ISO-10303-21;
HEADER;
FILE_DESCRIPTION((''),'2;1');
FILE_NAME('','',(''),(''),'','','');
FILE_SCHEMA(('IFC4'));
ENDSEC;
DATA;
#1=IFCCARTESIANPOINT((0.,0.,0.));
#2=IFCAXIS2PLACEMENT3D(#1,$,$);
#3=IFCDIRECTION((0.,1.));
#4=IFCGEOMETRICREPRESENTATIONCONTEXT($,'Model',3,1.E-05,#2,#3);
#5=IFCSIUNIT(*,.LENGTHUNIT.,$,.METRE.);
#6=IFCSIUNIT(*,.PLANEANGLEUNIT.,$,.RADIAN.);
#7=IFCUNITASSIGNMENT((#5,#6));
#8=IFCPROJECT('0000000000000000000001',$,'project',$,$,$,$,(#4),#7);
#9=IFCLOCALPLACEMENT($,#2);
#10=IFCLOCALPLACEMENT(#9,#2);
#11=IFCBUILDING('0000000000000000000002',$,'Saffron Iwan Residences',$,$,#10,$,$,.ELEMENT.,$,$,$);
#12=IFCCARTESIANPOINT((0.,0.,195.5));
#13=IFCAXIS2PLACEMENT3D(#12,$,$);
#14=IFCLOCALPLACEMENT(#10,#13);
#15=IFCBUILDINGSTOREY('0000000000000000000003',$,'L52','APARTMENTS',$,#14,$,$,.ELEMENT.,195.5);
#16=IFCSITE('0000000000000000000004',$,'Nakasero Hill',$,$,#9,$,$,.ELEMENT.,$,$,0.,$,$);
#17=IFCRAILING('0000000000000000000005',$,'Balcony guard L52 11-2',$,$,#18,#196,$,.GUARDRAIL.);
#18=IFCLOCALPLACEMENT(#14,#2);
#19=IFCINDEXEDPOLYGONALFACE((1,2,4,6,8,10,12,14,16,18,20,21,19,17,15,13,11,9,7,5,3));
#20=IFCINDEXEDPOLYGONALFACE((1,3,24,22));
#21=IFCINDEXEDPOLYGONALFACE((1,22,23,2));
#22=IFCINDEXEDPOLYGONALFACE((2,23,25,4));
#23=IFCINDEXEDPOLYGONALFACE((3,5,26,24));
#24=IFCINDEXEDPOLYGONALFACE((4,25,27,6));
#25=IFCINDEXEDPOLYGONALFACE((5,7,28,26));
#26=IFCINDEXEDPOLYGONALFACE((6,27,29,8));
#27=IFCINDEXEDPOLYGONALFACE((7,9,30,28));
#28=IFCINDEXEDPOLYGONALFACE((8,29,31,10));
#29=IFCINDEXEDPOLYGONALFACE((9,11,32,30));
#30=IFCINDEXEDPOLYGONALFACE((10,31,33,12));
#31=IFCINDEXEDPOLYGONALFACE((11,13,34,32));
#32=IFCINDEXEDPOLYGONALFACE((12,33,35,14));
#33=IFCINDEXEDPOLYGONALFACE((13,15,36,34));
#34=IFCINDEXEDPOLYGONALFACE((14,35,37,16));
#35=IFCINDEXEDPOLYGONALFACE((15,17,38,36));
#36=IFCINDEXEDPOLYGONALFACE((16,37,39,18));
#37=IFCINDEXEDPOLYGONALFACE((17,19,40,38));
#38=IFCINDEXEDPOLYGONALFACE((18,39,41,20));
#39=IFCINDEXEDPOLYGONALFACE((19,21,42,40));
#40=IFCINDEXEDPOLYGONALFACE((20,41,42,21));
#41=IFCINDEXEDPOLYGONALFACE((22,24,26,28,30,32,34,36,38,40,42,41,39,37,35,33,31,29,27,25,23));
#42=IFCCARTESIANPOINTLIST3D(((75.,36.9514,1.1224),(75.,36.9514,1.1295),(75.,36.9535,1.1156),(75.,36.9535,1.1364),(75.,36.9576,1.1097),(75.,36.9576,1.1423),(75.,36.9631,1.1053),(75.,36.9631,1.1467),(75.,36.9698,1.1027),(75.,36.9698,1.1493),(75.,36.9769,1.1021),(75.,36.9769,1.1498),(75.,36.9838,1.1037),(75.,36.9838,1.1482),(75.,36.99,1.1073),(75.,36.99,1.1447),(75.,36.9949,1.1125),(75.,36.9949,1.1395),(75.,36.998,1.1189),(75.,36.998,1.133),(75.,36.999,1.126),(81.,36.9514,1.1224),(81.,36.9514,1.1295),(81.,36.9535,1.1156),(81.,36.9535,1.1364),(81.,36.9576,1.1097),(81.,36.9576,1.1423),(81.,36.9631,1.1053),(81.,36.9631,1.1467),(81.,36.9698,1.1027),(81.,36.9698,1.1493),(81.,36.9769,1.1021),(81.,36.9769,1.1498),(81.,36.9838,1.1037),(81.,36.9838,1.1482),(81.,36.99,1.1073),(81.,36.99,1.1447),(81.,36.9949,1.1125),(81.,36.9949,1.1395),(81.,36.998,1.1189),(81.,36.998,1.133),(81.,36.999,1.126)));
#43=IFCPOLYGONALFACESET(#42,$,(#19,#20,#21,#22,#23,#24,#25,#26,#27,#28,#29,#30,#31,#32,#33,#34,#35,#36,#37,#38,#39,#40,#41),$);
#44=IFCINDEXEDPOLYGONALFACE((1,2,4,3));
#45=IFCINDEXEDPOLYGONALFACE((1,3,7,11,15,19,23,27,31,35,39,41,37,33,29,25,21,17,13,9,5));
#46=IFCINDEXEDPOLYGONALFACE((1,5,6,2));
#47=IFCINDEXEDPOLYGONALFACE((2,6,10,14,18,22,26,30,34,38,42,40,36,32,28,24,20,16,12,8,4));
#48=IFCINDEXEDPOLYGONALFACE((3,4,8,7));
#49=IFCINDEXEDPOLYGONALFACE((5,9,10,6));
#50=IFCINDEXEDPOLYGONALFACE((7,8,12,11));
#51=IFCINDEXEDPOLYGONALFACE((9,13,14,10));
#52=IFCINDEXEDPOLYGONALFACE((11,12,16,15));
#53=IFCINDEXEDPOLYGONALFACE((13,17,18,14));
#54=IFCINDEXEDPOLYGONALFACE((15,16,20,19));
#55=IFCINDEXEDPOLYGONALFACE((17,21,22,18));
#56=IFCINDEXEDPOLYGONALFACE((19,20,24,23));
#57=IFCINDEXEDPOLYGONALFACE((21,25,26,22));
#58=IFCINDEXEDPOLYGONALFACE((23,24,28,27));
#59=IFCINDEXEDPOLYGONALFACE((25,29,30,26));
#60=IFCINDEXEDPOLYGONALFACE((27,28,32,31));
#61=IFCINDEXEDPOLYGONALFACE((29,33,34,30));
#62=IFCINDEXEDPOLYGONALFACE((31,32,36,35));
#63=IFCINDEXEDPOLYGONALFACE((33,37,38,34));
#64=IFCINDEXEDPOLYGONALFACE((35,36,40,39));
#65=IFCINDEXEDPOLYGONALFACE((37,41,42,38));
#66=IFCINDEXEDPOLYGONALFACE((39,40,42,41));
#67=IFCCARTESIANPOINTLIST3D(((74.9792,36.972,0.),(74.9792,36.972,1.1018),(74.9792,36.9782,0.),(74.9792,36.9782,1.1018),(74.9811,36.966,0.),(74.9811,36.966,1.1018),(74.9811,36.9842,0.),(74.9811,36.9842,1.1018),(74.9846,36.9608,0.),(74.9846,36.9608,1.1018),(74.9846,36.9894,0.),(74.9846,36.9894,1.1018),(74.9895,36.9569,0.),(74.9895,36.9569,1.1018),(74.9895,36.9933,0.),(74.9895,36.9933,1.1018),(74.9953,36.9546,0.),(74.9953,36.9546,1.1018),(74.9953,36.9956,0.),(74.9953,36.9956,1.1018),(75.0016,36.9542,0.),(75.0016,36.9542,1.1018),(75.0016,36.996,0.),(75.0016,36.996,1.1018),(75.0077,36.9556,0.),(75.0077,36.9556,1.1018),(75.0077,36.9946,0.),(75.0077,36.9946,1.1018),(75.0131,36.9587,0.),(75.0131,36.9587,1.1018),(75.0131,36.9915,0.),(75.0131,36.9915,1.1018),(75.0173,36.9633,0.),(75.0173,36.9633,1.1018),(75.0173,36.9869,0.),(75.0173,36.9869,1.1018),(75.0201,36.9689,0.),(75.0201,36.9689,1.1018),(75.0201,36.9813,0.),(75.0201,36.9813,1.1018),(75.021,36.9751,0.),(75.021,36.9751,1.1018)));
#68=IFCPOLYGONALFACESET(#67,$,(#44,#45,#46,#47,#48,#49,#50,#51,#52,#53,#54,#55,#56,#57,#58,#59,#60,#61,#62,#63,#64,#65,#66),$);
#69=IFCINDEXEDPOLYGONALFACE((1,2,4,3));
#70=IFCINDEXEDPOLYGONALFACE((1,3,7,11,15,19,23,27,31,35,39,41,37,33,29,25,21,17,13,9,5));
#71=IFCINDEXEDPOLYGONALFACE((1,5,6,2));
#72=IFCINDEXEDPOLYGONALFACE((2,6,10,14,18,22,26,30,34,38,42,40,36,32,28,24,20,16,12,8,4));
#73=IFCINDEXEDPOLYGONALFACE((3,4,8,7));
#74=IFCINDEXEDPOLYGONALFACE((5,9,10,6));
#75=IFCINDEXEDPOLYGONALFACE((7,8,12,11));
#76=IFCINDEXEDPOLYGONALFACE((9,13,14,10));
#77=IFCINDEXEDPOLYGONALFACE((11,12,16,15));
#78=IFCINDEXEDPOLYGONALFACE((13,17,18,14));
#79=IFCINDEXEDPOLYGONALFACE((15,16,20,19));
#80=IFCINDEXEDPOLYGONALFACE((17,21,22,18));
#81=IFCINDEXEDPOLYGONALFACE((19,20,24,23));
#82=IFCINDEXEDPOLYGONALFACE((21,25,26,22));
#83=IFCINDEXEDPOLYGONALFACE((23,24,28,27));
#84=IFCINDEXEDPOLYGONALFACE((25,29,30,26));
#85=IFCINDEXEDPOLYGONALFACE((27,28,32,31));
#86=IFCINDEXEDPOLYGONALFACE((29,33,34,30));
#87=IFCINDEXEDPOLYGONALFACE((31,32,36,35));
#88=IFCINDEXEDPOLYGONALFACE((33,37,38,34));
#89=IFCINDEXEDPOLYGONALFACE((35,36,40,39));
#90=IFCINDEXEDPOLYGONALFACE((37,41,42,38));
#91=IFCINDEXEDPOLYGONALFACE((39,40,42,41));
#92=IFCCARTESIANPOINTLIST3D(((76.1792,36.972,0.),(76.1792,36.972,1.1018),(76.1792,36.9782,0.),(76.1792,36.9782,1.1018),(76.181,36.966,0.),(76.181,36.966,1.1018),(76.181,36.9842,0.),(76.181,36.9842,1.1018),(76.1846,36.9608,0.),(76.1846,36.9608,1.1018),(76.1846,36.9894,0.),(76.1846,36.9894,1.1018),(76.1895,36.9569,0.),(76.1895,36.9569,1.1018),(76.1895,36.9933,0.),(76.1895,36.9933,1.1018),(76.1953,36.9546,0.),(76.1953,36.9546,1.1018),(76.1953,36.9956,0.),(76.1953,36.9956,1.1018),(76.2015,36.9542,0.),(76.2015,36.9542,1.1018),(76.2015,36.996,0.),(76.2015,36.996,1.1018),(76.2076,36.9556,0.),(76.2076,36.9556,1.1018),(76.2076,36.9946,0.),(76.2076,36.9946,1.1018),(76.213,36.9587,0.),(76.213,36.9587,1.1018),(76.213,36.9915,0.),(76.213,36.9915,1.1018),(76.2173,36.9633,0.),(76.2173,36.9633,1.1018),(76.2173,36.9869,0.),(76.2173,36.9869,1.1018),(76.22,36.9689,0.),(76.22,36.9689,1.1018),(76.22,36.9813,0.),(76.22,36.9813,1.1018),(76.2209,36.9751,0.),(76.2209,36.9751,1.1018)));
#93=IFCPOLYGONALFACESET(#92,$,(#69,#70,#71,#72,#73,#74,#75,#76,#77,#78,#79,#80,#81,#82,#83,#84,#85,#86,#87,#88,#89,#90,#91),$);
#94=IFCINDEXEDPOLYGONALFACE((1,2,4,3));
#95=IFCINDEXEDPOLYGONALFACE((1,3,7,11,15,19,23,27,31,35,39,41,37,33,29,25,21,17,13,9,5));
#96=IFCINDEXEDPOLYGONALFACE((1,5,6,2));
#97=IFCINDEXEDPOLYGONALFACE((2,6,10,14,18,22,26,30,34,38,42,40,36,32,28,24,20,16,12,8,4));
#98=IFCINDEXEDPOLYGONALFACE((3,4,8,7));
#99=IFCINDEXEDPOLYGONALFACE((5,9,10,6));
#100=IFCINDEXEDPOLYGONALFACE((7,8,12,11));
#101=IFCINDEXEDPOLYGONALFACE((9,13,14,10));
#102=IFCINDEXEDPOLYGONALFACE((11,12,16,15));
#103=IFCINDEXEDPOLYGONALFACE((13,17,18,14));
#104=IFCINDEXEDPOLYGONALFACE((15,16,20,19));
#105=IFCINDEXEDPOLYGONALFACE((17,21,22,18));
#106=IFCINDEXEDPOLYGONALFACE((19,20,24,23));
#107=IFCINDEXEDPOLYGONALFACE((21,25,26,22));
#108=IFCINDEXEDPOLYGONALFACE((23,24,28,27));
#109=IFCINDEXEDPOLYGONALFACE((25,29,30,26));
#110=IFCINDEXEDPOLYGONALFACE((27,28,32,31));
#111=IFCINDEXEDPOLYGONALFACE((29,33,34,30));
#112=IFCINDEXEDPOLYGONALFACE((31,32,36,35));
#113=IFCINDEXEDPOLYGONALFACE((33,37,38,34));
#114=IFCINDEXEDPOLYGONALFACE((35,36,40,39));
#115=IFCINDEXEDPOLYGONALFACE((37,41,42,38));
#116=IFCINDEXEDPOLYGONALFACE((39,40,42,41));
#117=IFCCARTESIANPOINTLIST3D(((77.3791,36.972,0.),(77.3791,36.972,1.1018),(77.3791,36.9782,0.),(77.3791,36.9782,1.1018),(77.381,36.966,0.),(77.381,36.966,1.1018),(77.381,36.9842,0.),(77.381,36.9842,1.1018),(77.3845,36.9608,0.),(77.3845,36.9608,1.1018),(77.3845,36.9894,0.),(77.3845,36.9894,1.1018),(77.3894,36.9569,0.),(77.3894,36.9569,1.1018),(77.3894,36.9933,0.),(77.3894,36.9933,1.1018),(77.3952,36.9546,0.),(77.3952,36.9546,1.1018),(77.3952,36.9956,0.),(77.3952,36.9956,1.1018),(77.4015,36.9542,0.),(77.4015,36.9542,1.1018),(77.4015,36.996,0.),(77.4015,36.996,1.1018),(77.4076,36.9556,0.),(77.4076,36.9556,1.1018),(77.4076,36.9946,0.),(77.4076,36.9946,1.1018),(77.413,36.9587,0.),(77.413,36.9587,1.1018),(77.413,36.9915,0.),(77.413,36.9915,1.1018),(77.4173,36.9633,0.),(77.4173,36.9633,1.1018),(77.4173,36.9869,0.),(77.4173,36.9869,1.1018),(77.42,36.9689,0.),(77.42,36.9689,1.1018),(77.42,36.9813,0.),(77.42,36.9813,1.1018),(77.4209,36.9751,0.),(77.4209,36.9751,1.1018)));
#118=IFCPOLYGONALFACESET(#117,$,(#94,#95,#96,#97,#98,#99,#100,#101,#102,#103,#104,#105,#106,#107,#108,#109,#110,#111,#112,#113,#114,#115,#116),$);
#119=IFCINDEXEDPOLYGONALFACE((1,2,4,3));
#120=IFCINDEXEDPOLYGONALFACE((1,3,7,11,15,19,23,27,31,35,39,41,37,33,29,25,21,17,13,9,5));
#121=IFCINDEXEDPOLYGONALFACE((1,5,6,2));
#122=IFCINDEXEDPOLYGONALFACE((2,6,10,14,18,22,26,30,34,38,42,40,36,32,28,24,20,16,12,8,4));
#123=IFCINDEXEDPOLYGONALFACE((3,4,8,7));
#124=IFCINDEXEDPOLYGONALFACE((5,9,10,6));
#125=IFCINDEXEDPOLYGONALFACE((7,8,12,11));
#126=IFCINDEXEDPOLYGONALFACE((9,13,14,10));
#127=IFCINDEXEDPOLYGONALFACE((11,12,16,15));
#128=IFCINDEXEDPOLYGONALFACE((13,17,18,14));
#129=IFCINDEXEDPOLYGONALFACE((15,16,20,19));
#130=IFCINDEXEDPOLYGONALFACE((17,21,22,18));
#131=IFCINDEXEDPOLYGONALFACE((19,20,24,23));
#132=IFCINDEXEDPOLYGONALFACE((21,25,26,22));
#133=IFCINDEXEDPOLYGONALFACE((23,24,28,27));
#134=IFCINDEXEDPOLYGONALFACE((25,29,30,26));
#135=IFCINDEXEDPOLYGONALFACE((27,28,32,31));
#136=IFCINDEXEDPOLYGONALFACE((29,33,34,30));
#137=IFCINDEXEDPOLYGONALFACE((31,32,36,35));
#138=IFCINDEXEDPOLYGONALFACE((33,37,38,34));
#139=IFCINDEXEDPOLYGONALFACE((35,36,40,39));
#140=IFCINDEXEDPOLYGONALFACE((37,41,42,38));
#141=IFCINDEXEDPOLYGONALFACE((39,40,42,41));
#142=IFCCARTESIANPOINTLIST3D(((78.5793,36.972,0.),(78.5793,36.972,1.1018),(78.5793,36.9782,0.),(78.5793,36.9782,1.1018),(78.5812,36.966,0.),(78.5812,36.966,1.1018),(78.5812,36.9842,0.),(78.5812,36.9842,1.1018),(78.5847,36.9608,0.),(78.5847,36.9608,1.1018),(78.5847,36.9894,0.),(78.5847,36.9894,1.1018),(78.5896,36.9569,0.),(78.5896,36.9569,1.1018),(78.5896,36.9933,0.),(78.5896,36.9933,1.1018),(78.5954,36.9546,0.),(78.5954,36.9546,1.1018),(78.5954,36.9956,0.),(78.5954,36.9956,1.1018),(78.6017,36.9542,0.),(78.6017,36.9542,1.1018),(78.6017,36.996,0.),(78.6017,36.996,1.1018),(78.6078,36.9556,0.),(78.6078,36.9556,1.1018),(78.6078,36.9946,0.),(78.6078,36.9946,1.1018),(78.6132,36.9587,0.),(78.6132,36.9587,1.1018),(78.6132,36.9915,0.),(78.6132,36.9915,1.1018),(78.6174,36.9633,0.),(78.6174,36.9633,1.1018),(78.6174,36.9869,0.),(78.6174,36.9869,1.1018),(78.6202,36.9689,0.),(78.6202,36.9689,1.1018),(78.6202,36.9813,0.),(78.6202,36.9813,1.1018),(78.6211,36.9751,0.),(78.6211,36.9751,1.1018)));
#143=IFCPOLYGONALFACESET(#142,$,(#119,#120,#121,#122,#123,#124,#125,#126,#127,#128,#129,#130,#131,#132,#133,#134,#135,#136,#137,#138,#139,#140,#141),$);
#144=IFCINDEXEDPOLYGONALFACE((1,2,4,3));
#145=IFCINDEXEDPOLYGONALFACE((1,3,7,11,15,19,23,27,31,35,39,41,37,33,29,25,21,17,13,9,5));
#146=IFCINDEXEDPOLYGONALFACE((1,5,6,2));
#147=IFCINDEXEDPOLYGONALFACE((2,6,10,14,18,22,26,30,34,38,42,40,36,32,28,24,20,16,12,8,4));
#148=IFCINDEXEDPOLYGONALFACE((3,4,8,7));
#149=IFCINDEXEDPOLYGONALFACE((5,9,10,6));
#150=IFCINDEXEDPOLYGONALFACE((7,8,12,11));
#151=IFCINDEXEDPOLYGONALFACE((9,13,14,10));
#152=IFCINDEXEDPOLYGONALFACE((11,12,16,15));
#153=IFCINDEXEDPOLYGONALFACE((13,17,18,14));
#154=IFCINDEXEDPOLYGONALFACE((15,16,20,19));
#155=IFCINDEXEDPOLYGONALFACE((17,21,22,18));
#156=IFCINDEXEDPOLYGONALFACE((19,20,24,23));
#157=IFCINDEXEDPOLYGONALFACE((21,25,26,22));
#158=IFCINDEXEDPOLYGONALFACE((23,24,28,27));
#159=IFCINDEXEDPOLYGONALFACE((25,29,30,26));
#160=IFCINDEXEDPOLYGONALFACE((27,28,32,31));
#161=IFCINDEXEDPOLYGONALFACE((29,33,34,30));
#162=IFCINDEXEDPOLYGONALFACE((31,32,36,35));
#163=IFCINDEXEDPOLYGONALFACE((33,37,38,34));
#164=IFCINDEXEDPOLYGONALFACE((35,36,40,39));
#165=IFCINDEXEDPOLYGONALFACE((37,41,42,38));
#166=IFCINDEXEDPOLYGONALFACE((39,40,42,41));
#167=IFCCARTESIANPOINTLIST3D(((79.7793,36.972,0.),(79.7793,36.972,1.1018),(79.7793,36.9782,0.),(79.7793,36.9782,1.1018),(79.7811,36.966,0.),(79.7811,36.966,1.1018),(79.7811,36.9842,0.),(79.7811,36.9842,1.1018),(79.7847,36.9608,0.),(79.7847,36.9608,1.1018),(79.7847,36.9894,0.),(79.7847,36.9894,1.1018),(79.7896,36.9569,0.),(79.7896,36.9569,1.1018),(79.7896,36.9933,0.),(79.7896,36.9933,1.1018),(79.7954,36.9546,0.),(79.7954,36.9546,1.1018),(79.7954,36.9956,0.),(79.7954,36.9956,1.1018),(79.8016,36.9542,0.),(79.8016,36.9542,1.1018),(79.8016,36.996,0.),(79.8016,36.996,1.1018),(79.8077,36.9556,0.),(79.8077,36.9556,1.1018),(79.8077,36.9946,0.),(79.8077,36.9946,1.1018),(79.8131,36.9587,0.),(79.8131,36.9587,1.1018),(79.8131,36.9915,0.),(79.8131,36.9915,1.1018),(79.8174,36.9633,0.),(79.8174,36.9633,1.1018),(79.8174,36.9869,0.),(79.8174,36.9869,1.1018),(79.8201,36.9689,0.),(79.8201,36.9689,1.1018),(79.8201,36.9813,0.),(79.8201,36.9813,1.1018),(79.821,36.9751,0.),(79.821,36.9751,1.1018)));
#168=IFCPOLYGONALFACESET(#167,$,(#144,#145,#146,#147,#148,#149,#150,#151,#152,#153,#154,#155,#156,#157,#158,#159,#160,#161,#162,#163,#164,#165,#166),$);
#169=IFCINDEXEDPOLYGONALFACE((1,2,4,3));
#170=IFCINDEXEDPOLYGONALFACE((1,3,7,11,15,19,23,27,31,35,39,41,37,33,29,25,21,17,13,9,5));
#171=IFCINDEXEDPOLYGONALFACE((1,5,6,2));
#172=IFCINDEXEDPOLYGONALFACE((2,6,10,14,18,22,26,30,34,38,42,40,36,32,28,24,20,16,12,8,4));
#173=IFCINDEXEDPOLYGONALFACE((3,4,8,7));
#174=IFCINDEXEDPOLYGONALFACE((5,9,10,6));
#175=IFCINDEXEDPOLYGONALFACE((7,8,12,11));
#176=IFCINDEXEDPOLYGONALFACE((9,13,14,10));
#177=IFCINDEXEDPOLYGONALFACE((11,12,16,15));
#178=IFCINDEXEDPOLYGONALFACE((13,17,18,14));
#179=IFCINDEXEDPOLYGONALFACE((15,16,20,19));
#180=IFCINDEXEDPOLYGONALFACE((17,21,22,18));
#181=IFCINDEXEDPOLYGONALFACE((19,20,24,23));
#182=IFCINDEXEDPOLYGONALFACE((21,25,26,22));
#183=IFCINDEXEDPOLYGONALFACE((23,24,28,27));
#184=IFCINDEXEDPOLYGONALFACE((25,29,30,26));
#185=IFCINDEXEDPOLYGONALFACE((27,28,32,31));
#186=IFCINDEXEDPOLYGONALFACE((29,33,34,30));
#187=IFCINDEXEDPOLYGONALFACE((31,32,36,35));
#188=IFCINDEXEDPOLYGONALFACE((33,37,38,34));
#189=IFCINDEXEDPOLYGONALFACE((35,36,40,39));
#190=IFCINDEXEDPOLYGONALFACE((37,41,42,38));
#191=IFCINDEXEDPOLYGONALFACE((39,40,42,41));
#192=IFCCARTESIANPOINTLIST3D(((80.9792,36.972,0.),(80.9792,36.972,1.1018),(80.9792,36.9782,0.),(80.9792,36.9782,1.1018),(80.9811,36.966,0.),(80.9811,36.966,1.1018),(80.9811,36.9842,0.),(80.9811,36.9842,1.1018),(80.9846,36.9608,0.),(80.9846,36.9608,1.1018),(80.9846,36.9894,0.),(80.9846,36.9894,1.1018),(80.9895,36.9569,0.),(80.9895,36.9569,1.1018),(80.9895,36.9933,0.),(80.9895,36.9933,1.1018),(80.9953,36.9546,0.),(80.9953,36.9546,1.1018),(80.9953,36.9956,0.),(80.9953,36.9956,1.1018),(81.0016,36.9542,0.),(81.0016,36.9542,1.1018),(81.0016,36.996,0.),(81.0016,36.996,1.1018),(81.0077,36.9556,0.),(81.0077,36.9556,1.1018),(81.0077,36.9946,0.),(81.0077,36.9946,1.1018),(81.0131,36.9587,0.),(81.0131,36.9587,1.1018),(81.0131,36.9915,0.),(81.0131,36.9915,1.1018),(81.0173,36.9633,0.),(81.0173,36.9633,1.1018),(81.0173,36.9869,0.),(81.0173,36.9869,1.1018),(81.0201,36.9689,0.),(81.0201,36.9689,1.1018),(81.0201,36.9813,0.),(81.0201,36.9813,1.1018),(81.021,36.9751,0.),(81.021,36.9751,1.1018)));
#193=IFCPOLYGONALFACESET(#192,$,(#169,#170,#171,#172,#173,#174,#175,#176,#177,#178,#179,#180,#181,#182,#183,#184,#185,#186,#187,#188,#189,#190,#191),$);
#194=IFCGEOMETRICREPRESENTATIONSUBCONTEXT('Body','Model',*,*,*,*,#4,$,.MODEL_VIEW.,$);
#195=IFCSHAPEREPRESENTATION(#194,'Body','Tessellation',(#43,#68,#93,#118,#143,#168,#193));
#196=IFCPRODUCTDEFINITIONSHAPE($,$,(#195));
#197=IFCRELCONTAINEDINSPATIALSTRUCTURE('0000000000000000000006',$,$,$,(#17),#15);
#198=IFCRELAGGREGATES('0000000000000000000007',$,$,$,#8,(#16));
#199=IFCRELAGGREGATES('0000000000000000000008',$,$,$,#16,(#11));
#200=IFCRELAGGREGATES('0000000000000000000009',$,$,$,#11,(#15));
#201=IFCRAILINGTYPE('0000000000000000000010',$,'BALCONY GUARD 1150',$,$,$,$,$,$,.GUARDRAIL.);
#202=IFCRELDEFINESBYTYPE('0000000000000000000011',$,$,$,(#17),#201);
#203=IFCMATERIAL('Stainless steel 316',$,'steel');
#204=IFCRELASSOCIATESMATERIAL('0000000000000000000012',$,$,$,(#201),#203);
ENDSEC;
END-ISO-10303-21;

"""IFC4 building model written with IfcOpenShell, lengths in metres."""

from ifc_helpers import new_model, si_unit, direction, frame, origin, origin_2d, place, context, subcontext, project, spatial, circle, extrude, material, type_object, element, save


model = new_model("IFC4")

# Units and contexts
model_context = context("Model", 3, precision=1e-05, world=origin(), true_north=direction((0.0, 1.0)))
body_context = subcontext(model_context, "Body", "Model", "MODEL_VIEW")
ifc_project = project(units=[si_unit("LENGTHUNIT", "METRE"), si_unit("PLANEANGLEUNIT", "RADIAN")], contexts=[model_context])

# Site, building, storey
site_placement = place(None, origin())
site = spatial("IfcSite", under=ifc_project, at=site_placement, Name="Nakasero Hill", CompositionType="ELEMENT", RefElevation=0.0)
building_placement = place(site_placement, origin())
building = spatial("IfcBuilding", under=site, at=building_placement, Name="Saffron Iwan Residences", CompositionType="ELEMENT")
storey_placement = place(building_placement, frame((0.0, 0.0, 195.5)))
storey = spatial("IfcBuildingStorey", under=building, at=storey_placement, Name="L52", Description="APARTMENTS", CompositionType="ELEMENT", Elevation=195.5)

# Railing
ifc_material_1 = material(Name="Stainless steel 316", Category="steel")
railing_type = type_object("IfcRailingType", Name="BALCONY GUARD 1150", PredefinedType="GUARDRAIL", material=ifc_material_1)
railing_placement = place(storey_placement, frame((75.0, 36.9751, 0.0)))
element("IfcRailing", 1, at=railing_placement, inside=storey, type_object=railing_type, Name="Balcony guard L52 11-2", PredefinedType="GUARDRAIL", context=body_context, shape_type="SweptSolid", body=[
    extrude(circle(Radius=0.0239, at=origin_2d()), frame((0.0, 0.0, 1.126), z_axis=(1.0, 0.0, 0.0), x_axis=(0.0, 1.0, 0.0)), (0.0, 0.0, 1.0), 6.0),
    extrude(circle(Radius=0.021, at=origin_2d()), origin(), (0.0, 0.0, 1.0), 1.1018),
    extrude(circle(Radius=0.021, at=origin_2d()), frame((1.2, 0.0, 0.0)), (0.0, 0.0, 1.0), 1.1018),
    extrude(circle(Radius=0.021, at=origin_2d()), frame((2.3999, 0.0, 0.0)), (0.0, 0.0, 1.0), 1.1018),
    extrude(circle(Radius=0.021, at=origin_2d()), frame((3.6001, 0.0, 0.0)), (0.0, 0.0, 1.0), 1.1018),
    extrude(circle(Radius=0.021, at=origin_2d()), frame((4.8, 0.0, 0.0)), (0.0, 0.0, 1.0), 1.1018),
    extrude(circle(Radius=0.021, at=origin_2d()), frame((6.0, 0.0, 0.0)), (0.0, 0.0, 1.0), 1.1018),
])

save(model, "model.ifc")
